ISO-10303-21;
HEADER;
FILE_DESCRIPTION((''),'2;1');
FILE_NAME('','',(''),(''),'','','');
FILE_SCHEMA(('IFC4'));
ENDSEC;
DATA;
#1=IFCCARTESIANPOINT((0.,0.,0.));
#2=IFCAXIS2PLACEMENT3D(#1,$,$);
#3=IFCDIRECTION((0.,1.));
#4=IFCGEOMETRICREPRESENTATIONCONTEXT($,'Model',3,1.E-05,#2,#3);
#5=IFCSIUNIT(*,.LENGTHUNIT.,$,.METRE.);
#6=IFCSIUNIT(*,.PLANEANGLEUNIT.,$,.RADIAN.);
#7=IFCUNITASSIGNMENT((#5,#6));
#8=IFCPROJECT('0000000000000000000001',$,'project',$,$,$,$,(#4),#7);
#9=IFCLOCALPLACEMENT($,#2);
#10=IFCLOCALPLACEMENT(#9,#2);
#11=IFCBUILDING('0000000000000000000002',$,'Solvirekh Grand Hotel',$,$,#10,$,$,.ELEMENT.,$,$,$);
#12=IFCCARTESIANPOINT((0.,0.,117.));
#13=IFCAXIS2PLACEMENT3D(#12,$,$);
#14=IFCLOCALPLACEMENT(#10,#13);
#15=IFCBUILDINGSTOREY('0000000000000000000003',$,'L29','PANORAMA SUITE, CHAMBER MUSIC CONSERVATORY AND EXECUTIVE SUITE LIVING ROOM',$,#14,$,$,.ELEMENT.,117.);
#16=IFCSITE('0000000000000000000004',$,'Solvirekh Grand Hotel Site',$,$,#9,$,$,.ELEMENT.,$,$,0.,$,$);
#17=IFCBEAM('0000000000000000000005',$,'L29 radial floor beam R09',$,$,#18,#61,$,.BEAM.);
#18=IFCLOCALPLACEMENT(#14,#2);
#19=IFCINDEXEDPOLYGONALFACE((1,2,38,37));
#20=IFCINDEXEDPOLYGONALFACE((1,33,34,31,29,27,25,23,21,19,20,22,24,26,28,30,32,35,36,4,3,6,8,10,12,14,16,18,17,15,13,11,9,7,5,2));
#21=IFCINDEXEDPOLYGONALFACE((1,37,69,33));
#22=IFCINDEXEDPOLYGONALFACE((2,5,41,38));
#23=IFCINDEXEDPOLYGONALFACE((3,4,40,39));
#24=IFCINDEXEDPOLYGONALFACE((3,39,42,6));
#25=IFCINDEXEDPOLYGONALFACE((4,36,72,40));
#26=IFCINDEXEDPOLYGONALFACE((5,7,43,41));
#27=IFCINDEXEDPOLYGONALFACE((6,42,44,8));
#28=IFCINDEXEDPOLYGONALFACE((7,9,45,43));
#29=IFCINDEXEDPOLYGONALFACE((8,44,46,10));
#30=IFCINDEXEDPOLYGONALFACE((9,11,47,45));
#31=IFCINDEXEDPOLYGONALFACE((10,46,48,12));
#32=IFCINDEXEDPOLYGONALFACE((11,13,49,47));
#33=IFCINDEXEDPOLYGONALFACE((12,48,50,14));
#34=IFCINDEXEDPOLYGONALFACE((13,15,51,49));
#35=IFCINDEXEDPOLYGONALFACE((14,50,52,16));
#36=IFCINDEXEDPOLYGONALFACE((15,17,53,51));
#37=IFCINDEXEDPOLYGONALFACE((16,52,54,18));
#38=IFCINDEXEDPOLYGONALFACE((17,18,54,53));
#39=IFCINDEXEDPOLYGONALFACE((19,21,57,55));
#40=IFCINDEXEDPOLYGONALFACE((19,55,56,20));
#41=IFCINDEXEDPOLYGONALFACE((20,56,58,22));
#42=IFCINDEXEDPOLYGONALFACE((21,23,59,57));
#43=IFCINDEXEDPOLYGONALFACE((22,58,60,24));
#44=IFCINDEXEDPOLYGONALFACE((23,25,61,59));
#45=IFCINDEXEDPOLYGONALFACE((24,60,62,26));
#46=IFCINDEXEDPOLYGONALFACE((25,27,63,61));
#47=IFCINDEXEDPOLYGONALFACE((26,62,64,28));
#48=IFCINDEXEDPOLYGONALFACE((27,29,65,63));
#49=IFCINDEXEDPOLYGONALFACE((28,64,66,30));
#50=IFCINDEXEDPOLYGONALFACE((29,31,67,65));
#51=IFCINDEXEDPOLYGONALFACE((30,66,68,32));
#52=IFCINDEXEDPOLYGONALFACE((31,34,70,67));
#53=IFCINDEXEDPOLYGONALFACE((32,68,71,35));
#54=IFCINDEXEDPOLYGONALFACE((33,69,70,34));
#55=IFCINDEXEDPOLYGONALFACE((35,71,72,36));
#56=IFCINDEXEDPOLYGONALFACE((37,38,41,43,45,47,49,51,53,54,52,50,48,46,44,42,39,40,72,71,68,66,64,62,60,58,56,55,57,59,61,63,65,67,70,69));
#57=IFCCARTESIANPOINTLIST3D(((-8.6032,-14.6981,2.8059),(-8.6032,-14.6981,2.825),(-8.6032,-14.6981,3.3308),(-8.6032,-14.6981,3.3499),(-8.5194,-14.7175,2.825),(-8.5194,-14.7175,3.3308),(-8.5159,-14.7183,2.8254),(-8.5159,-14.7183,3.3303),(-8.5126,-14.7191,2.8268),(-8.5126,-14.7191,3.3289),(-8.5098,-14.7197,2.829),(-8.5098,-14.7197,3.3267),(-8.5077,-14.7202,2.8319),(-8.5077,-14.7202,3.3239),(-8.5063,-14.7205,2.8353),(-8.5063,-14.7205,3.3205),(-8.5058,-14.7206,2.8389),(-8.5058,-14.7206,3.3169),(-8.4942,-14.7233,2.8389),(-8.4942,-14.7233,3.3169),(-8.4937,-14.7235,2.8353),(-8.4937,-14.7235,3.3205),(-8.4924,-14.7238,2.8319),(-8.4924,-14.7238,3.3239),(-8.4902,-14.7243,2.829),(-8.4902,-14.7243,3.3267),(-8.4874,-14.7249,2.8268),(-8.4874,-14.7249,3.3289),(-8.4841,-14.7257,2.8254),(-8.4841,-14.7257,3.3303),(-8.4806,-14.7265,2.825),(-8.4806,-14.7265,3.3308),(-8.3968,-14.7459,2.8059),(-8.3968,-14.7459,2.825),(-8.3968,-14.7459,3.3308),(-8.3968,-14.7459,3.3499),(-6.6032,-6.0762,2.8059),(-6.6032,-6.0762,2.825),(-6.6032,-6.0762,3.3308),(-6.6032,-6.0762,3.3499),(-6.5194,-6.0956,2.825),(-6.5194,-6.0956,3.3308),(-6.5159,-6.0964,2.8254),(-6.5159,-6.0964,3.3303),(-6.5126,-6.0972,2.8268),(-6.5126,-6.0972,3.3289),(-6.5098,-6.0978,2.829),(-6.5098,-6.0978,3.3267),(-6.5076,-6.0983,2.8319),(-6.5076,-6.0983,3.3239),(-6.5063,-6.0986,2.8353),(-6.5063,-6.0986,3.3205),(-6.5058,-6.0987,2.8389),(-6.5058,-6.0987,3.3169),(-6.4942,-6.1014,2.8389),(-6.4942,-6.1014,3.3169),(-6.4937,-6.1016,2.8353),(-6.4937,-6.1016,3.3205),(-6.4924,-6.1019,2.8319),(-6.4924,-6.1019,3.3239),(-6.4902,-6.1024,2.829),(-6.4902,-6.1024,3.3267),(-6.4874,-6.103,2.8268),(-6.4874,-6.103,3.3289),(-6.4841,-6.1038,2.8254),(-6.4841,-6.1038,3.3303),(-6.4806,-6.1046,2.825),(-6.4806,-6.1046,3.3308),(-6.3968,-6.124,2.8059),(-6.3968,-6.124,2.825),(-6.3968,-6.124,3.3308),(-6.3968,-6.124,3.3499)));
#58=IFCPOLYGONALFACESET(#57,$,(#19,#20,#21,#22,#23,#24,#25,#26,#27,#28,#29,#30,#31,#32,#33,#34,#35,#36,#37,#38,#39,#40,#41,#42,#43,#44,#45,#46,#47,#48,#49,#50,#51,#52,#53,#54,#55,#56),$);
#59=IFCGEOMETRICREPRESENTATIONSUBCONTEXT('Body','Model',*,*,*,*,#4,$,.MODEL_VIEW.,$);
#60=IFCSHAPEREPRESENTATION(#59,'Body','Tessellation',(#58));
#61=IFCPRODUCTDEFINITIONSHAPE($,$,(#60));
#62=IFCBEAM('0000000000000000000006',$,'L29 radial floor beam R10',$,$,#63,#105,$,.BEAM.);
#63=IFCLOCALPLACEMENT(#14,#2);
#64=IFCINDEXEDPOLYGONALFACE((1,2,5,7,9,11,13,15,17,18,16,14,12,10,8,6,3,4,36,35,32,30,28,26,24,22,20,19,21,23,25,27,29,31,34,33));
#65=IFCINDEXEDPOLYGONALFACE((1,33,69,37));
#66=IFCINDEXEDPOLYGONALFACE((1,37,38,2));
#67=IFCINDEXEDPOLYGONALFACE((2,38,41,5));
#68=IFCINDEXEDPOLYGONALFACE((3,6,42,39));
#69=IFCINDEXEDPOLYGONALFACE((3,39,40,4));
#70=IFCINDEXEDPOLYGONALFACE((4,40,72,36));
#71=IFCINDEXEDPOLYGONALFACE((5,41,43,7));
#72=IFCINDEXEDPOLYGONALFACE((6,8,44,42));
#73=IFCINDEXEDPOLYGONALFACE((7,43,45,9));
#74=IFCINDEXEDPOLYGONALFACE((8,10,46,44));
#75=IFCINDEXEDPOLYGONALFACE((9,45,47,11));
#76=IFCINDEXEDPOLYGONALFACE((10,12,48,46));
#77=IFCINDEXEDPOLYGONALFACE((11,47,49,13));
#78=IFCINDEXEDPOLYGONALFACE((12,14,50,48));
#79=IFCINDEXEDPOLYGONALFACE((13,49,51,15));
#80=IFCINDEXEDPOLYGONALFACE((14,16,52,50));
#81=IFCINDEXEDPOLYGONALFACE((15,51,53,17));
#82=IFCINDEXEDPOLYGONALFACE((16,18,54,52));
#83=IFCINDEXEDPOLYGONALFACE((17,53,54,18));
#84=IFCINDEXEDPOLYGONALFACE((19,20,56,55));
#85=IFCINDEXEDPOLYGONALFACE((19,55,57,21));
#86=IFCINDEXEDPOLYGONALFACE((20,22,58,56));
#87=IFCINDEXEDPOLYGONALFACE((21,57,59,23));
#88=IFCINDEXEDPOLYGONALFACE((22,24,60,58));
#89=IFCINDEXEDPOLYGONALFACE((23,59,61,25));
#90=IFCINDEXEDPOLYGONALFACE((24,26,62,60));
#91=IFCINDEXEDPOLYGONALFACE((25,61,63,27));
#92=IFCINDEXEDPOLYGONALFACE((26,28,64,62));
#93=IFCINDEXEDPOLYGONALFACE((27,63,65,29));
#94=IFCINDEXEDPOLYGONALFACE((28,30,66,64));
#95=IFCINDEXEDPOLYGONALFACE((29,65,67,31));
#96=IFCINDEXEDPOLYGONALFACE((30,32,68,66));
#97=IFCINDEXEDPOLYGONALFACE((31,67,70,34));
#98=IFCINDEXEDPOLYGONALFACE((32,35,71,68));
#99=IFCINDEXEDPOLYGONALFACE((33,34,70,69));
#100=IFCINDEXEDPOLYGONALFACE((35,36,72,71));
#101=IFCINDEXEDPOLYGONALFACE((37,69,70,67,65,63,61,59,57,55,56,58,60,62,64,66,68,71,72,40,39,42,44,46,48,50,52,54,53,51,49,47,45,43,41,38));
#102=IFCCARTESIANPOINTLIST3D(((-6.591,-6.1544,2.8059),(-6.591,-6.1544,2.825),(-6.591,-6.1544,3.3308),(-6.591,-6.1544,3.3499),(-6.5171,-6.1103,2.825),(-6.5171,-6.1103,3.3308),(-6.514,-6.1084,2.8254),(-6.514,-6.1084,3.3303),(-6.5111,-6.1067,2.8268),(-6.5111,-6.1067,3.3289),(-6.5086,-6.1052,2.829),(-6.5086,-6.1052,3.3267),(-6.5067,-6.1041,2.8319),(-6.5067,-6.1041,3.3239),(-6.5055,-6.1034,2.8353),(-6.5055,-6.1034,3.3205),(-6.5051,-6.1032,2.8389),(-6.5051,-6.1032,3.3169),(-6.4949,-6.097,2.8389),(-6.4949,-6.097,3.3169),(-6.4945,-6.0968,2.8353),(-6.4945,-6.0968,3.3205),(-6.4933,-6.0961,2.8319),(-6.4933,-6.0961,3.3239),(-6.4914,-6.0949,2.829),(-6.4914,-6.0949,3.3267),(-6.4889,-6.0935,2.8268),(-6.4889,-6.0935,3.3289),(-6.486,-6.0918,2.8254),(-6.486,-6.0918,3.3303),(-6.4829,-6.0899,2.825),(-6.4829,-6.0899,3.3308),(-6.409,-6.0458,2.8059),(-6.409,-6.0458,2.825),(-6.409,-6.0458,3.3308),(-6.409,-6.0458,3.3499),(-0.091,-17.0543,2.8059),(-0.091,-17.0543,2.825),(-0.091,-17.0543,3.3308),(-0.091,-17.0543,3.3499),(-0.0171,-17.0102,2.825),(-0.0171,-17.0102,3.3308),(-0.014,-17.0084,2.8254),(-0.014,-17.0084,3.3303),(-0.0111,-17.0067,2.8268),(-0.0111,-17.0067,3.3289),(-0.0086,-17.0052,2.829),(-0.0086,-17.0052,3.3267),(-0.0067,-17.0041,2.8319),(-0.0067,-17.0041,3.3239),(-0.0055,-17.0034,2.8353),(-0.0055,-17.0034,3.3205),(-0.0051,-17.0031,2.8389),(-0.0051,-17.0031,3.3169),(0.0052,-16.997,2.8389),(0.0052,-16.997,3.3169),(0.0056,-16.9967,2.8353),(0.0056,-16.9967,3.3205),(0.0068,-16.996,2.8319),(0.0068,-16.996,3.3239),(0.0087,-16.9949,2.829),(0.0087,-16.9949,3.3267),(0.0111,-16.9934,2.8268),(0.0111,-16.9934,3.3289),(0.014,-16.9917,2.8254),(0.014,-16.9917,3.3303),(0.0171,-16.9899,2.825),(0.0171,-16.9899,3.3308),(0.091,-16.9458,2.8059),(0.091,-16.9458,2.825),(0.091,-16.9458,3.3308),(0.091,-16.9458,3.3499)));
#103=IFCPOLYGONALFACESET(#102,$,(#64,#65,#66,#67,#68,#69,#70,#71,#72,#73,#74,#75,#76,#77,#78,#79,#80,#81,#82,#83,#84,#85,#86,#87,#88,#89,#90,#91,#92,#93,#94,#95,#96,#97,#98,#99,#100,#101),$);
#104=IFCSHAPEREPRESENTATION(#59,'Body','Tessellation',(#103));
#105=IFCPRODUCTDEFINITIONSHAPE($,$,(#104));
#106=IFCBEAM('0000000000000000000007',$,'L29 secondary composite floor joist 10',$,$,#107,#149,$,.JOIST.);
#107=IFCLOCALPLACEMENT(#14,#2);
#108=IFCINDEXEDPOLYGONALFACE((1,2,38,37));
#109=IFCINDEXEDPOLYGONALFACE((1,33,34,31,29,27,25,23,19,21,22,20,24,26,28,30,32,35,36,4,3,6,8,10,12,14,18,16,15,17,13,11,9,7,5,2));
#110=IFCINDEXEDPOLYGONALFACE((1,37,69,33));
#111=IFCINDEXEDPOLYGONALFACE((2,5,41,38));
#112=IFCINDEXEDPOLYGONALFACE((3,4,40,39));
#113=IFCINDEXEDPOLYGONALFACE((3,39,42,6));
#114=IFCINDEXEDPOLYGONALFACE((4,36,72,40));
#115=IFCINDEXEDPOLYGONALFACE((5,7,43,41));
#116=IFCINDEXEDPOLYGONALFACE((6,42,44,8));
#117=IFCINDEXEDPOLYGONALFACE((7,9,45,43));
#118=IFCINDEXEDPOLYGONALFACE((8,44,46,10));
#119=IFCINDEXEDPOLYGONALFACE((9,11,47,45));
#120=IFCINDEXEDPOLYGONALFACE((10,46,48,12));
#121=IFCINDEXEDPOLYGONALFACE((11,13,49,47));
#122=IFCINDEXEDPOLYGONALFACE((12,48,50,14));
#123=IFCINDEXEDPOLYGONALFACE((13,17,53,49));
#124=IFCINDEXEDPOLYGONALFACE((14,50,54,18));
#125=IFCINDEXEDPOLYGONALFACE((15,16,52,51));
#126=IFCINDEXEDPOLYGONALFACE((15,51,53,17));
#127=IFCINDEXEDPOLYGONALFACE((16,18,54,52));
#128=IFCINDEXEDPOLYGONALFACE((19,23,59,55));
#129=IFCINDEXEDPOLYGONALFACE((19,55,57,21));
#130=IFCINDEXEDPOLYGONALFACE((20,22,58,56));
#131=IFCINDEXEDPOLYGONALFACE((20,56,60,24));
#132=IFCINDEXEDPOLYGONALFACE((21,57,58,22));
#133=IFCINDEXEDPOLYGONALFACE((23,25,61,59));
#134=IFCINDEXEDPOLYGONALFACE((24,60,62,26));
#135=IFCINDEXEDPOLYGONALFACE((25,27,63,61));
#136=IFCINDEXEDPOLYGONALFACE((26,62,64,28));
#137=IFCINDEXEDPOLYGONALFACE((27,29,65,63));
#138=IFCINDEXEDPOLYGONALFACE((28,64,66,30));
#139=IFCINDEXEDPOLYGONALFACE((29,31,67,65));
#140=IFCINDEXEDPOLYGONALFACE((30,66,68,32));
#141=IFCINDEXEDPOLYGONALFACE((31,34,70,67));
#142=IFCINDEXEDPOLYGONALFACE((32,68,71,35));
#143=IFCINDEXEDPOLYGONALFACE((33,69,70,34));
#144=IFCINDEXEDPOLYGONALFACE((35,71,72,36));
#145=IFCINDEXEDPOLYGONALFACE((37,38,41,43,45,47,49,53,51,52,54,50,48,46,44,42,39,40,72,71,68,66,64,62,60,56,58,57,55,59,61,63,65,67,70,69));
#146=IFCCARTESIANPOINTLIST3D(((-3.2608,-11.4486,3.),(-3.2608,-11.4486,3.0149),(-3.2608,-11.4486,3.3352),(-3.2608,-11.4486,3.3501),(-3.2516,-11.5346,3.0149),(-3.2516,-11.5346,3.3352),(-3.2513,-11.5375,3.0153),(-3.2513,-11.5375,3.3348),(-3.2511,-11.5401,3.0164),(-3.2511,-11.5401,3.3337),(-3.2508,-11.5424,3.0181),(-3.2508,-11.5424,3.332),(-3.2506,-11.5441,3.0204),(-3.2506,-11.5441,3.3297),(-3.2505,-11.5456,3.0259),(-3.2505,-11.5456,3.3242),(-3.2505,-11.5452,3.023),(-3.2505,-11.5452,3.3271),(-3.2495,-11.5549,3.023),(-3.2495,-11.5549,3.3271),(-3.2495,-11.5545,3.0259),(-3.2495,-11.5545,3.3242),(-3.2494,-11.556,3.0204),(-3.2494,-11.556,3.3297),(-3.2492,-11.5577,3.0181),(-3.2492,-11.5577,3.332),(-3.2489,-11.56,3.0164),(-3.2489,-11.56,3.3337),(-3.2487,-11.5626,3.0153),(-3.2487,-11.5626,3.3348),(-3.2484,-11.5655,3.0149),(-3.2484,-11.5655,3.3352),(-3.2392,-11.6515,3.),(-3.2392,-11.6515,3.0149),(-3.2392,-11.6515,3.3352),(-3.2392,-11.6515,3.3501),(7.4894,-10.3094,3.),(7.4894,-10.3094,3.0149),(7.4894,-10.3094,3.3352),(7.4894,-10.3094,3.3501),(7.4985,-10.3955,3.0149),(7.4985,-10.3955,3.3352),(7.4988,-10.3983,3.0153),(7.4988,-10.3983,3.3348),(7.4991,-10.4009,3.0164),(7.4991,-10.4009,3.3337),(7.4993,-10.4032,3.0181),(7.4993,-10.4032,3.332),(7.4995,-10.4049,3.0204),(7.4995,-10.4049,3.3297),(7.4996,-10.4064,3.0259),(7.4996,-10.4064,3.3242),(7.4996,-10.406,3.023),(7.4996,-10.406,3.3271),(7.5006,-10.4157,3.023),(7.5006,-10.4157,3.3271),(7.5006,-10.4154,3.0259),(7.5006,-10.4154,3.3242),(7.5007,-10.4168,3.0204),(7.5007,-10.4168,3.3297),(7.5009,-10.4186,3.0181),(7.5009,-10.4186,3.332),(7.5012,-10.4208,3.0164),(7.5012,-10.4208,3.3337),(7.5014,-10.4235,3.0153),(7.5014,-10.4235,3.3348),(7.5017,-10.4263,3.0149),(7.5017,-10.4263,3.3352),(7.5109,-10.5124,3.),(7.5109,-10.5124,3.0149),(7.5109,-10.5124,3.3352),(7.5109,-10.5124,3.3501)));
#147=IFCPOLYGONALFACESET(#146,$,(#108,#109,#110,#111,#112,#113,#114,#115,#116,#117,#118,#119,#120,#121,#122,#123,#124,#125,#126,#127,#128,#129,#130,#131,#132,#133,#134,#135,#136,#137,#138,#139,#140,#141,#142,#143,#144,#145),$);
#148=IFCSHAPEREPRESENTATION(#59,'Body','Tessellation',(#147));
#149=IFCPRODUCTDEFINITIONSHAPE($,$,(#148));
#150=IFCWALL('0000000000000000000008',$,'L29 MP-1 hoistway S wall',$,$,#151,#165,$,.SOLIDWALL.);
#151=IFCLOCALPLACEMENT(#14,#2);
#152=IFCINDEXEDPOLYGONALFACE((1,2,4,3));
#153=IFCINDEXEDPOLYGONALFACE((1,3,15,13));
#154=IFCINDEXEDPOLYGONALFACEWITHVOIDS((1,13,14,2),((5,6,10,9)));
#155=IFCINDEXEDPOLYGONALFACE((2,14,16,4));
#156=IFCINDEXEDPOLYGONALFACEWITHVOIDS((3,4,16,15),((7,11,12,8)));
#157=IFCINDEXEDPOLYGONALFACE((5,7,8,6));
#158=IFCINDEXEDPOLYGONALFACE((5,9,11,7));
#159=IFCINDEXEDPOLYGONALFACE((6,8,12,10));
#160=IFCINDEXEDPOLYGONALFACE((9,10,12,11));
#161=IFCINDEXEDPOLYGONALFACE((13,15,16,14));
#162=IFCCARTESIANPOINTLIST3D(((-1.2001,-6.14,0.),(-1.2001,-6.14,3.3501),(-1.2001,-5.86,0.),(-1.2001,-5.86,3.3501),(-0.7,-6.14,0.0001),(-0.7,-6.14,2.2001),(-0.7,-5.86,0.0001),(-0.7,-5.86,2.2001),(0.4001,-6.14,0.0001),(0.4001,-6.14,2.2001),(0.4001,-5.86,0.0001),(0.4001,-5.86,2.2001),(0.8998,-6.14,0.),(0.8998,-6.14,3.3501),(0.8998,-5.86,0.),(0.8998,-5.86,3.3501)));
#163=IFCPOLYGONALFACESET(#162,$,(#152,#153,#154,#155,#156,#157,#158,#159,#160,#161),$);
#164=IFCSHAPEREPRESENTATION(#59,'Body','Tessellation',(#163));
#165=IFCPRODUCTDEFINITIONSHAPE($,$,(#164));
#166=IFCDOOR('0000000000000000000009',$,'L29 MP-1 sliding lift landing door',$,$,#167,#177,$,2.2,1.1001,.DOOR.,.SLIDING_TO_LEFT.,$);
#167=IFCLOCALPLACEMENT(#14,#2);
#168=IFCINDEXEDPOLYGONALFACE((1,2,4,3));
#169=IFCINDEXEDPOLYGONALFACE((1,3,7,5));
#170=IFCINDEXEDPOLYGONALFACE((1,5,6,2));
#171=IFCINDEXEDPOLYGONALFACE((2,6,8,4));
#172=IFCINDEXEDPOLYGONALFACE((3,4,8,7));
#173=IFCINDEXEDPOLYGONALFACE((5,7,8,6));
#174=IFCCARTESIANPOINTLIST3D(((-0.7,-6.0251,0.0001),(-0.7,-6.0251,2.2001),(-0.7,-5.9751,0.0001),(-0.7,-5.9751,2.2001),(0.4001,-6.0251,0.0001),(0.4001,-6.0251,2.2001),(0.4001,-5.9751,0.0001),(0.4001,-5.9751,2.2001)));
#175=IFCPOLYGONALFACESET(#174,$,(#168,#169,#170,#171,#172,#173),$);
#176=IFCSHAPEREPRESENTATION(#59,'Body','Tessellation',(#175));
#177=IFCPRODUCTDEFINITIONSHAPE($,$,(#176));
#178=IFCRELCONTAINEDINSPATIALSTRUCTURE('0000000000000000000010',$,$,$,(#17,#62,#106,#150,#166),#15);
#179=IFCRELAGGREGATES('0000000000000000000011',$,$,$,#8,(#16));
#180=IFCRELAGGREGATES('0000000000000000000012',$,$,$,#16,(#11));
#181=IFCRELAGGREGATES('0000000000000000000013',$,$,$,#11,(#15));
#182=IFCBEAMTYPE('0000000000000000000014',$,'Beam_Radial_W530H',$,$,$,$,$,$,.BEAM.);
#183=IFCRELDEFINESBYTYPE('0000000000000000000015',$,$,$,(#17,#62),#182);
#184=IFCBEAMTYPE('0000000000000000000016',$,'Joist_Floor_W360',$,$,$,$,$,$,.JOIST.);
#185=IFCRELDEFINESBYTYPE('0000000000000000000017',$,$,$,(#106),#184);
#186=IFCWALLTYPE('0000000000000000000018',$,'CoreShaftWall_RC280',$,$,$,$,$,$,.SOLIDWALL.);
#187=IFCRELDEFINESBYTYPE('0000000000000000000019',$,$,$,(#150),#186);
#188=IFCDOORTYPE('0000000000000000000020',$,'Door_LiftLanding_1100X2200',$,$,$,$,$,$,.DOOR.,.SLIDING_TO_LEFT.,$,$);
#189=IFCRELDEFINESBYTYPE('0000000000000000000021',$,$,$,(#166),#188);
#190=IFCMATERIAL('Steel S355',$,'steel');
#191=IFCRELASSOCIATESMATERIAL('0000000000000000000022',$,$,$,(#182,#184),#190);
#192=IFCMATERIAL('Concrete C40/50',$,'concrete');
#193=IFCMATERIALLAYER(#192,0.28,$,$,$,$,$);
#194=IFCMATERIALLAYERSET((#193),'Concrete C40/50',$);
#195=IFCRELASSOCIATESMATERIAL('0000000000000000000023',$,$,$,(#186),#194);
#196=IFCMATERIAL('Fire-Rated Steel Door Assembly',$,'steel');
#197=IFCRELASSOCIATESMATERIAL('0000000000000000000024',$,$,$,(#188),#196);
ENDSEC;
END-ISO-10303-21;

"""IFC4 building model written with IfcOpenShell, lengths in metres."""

from ifc_helpers import new_model, si_unit, direction, frame, frame_2d, origin, origin_2d, place, context, subcontext, project, spatial, rectangle, i_section, extrude, material, layer, layer_set, material_profile, profile_set, type_object, element, fill, save


model = new_model("IFC4")

# Units and contexts
model_context = context("Model", 3, precision=1e-05, world=origin(), true_north=direction((0.0, 1.0)))
body_context = subcontext(model_context, "Body", "Model", "MODEL_VIEW")
ifc_project = project(units=[si_unit("LENGTHUNIT", "METRE"), si_unit("PLANEANGLEUNIT", "RADIAN")], contexts=[model_context])

# Site, building, storey
site_placement = place(None, origin())
site = spatial("IfcSite", under=ifc_project, at=site_placement, Name="Solvirekh Grand Hotel Site", CompositionType="ELEMENT", RefElevation=0.0)
building_placement = place(site_placement, origin())
building = spatial("IfcBuilding", under=site, at=building_placement, Name="Solvirekh Grand Hotel", CompositionType="ELEMENT")
storey_placement = place(building_placement, frame((0.0, 0.0, 117.0)))
storey = spatial("IfcBuildingStorey", under=building, at=storey_placement, Name="L29", Description="PANORAMA SUITE, CHAMBER MUSIC CONSERVATORY AND EXECUTIVE SUITE LIVING ROOM", CompositionType="ELEMENT", Elevation=117.0)

# Beams
ifc_material_1 = material(Name="Steel S355", Category="steel")
ifc_material_profile_1 = material_profile(ifc_material_1, i_section(OverallWidth=0.2119, OverallDepth=0.5439, WebThickness=0.012, FlangeThickness=0.019, FilletRadius=0.0139, at=origin_2d()), Name="W530X123")
ifc_profile_set_1 = profile_set([ifc_material_profile_1], Name="Steel S355")
beam_type_1 = type_object("IfcBeamType", Name="Beam_Radial_W530H", PredefinedType="BEAM", material=ifc_profile_set_1)
beam_1_placement = place(storey_placement, frame((-6.5, -6.1001, 3.0779), z_axis=(-0.225969, -0.974134, 0.0), x_axis=(0.974134, -0.225969, 0.0)))
element("IfcBeam", 1, at=beam_1_placement, inside=storey, type_object=beam_type_1, Name="L29 radial floor beam R09", PredefinedType="BEAM", context=body_context, shape_type="SweptSolid", body=[
    extrude(i_section(OverallWidth=0.2119, OverallDepth=0.5439, WebThickness=0.012, FlangeThickness=0.019, FilletRadius=0.0139, at=origin_2d()), origin(), (0.0, 0.0, 1.0), 8.8508),
])
beam_2_placement = place(storey_placement, frame((-6.5, -6.1001, 3.0779), z_axis=(0.51218, -0.858878, 0.0), x_axis=(0.858878, 0.51218, 0.0)))
element("IfcBeam", 2, at=beam_2_placement, inside=storey, type_object=beam_type_1, Name="L29 radial floor beam R10", PredefinedType="BEAM", context=body_context, shape_type="SweptSolid", body=[
    extrude(i_section(OverallWidth=0.2119, OverallDepth=0.5439, WebThickness=0.012, FlangeThickness=0.019, FilletRadius=0.0139, at=origin_2d()), origin(), (0.0, 0.0, 1.0), 12.6909),
])
ifc_material_profile_2 = material_profile(ifc_material_1, i_section(OverallWidth=0.2041, OverallDepth=0.3501, WebThickness=0.009, FlangeThickness=0.0149, FilletRadius=0.011, at=origin_2d()), Name="W360X72")
ifc_profile_set_2 = profile_set([ifc_material_profile_2], Name="Steel S355")
beam_type_2 = type_object("IfcBeamType", Name="Joist_Floor_W360", PredefinedType="JOIST", material=ifc_profile_set_2)
beam_3_placement = place(storey_placement, frame((-3.25, -11.55, 3.175), z_axis=(0.994432, 0.105378, 0.0), x_axis=(-0.105378, 0.994432, 0.0)))
element("IfcBeam", 3, at=beam_3_placement, inside=storey, type_object=beam_type_2, Name="L29 secondary composite floor joist 10", PredefinedType="JOIST", context=body_context, shape_type="SweptSolid", body=[
    extrude(i_section(OverallWidth=0.2041, OverallDepth=0.3501, WebThickness=0.009, FlangeThickness=0.0149, FilletRadius=0.011, at=origin_2d()), origin(), (0.0, 0.0, 1.0), 10.8103),
])

# Wall, opening, door
ifc_material_2 = material(Name="Concrete C40/50", Category="concrete")
ifc_layer_1 = layer(ifc_material_2, 0.28)
ifc_layer_set_1 = layer_set([ifc_layer_1], Name="Concrete C40/50")
wall_type_1 = type_object("IfcWallType", Name="CoreShaftWall_RC280", PredefinedType="SOLIDWALL", material=ifc_layer_set_1)
wall_1_placement = place(storey_placement, frame((-1.2, -6.0, 0.0), z_axis=(0.0, 0.0, 1.0), x_axis=(1.0, 0.0, 0.0)))
wall_1 = element("IfcWall", 4, at=wall_1_placement, inside=storey, type_object=wall_type_1, Name="L29 MP-1 hoistway S wall", PredefinedType="SOLIDWALL", context=body_context, shape_type="SweptSolid", body=[
    extrude(rectangle(XDim=2.0999, YDim=0.28, at=frame_2d((1.0498, 0.0))), origin(), (0.0, 0.0, 1.0), 3.3501),
])
opening_1_placement = place(wall_1_placement, frame((0.5, 0.0, 0.0)))
opening_1 = element("IfcOpeningElement", 5, at=opening_1_placement, cuts=wall_1, PredefinedType="OPENING", context=body_context, shape_type="SweptSolid", body=[
    extrude(rectangle(XDim=1.1001, YDim=2.2, at=frame_2d((0.55, 1.1001))), frame((0.0, 0.1499, 0.0), z_axis=(0.0, -1.0, 0.0), x_axis=(1.0, 0.0, 0.0)), (0.0, 0.0, 1.0), 0.3),
])
ifc_material_3 = material(Name="Fire-Rated Steel Door Assembly", Category="steel")
door_type_1 = type_object("IfcDoorType", Name="Door_LiftLanding_1100X2200", OperationType="SLIDING_TO_LEFT", PredefinedType="DOOR", material=ifc_material_3)
door_1_placement = place(opening_1_placement, origin())
door_1 = element("IfcDoor", 6, at=door_1_placement, inside=storey, type_object=door_type_1, Name="L29 MP-1 sliding lift landing door", OperationType="SLIDING_TO_LEFT", OverallHeight=2.2, OverallWidth=1.1001, PredefinedType="DOOR", context=body_context, shape_type="SweptSolid", body=[
    extrude(rectangle(XDim=1.1001, YDim=2.2, at=frame_2d((0.55, 1.1001))), frame((0.0, 0.0249, 0.0), z_axis=(0.0, -1.0, 0.0), x_axis=(1.0, 0.0, 0.0)), (0.0, 0.0, 1.0), 0.05),
])
fill(opening_1, door_1)

save(model, "model.ifc")
